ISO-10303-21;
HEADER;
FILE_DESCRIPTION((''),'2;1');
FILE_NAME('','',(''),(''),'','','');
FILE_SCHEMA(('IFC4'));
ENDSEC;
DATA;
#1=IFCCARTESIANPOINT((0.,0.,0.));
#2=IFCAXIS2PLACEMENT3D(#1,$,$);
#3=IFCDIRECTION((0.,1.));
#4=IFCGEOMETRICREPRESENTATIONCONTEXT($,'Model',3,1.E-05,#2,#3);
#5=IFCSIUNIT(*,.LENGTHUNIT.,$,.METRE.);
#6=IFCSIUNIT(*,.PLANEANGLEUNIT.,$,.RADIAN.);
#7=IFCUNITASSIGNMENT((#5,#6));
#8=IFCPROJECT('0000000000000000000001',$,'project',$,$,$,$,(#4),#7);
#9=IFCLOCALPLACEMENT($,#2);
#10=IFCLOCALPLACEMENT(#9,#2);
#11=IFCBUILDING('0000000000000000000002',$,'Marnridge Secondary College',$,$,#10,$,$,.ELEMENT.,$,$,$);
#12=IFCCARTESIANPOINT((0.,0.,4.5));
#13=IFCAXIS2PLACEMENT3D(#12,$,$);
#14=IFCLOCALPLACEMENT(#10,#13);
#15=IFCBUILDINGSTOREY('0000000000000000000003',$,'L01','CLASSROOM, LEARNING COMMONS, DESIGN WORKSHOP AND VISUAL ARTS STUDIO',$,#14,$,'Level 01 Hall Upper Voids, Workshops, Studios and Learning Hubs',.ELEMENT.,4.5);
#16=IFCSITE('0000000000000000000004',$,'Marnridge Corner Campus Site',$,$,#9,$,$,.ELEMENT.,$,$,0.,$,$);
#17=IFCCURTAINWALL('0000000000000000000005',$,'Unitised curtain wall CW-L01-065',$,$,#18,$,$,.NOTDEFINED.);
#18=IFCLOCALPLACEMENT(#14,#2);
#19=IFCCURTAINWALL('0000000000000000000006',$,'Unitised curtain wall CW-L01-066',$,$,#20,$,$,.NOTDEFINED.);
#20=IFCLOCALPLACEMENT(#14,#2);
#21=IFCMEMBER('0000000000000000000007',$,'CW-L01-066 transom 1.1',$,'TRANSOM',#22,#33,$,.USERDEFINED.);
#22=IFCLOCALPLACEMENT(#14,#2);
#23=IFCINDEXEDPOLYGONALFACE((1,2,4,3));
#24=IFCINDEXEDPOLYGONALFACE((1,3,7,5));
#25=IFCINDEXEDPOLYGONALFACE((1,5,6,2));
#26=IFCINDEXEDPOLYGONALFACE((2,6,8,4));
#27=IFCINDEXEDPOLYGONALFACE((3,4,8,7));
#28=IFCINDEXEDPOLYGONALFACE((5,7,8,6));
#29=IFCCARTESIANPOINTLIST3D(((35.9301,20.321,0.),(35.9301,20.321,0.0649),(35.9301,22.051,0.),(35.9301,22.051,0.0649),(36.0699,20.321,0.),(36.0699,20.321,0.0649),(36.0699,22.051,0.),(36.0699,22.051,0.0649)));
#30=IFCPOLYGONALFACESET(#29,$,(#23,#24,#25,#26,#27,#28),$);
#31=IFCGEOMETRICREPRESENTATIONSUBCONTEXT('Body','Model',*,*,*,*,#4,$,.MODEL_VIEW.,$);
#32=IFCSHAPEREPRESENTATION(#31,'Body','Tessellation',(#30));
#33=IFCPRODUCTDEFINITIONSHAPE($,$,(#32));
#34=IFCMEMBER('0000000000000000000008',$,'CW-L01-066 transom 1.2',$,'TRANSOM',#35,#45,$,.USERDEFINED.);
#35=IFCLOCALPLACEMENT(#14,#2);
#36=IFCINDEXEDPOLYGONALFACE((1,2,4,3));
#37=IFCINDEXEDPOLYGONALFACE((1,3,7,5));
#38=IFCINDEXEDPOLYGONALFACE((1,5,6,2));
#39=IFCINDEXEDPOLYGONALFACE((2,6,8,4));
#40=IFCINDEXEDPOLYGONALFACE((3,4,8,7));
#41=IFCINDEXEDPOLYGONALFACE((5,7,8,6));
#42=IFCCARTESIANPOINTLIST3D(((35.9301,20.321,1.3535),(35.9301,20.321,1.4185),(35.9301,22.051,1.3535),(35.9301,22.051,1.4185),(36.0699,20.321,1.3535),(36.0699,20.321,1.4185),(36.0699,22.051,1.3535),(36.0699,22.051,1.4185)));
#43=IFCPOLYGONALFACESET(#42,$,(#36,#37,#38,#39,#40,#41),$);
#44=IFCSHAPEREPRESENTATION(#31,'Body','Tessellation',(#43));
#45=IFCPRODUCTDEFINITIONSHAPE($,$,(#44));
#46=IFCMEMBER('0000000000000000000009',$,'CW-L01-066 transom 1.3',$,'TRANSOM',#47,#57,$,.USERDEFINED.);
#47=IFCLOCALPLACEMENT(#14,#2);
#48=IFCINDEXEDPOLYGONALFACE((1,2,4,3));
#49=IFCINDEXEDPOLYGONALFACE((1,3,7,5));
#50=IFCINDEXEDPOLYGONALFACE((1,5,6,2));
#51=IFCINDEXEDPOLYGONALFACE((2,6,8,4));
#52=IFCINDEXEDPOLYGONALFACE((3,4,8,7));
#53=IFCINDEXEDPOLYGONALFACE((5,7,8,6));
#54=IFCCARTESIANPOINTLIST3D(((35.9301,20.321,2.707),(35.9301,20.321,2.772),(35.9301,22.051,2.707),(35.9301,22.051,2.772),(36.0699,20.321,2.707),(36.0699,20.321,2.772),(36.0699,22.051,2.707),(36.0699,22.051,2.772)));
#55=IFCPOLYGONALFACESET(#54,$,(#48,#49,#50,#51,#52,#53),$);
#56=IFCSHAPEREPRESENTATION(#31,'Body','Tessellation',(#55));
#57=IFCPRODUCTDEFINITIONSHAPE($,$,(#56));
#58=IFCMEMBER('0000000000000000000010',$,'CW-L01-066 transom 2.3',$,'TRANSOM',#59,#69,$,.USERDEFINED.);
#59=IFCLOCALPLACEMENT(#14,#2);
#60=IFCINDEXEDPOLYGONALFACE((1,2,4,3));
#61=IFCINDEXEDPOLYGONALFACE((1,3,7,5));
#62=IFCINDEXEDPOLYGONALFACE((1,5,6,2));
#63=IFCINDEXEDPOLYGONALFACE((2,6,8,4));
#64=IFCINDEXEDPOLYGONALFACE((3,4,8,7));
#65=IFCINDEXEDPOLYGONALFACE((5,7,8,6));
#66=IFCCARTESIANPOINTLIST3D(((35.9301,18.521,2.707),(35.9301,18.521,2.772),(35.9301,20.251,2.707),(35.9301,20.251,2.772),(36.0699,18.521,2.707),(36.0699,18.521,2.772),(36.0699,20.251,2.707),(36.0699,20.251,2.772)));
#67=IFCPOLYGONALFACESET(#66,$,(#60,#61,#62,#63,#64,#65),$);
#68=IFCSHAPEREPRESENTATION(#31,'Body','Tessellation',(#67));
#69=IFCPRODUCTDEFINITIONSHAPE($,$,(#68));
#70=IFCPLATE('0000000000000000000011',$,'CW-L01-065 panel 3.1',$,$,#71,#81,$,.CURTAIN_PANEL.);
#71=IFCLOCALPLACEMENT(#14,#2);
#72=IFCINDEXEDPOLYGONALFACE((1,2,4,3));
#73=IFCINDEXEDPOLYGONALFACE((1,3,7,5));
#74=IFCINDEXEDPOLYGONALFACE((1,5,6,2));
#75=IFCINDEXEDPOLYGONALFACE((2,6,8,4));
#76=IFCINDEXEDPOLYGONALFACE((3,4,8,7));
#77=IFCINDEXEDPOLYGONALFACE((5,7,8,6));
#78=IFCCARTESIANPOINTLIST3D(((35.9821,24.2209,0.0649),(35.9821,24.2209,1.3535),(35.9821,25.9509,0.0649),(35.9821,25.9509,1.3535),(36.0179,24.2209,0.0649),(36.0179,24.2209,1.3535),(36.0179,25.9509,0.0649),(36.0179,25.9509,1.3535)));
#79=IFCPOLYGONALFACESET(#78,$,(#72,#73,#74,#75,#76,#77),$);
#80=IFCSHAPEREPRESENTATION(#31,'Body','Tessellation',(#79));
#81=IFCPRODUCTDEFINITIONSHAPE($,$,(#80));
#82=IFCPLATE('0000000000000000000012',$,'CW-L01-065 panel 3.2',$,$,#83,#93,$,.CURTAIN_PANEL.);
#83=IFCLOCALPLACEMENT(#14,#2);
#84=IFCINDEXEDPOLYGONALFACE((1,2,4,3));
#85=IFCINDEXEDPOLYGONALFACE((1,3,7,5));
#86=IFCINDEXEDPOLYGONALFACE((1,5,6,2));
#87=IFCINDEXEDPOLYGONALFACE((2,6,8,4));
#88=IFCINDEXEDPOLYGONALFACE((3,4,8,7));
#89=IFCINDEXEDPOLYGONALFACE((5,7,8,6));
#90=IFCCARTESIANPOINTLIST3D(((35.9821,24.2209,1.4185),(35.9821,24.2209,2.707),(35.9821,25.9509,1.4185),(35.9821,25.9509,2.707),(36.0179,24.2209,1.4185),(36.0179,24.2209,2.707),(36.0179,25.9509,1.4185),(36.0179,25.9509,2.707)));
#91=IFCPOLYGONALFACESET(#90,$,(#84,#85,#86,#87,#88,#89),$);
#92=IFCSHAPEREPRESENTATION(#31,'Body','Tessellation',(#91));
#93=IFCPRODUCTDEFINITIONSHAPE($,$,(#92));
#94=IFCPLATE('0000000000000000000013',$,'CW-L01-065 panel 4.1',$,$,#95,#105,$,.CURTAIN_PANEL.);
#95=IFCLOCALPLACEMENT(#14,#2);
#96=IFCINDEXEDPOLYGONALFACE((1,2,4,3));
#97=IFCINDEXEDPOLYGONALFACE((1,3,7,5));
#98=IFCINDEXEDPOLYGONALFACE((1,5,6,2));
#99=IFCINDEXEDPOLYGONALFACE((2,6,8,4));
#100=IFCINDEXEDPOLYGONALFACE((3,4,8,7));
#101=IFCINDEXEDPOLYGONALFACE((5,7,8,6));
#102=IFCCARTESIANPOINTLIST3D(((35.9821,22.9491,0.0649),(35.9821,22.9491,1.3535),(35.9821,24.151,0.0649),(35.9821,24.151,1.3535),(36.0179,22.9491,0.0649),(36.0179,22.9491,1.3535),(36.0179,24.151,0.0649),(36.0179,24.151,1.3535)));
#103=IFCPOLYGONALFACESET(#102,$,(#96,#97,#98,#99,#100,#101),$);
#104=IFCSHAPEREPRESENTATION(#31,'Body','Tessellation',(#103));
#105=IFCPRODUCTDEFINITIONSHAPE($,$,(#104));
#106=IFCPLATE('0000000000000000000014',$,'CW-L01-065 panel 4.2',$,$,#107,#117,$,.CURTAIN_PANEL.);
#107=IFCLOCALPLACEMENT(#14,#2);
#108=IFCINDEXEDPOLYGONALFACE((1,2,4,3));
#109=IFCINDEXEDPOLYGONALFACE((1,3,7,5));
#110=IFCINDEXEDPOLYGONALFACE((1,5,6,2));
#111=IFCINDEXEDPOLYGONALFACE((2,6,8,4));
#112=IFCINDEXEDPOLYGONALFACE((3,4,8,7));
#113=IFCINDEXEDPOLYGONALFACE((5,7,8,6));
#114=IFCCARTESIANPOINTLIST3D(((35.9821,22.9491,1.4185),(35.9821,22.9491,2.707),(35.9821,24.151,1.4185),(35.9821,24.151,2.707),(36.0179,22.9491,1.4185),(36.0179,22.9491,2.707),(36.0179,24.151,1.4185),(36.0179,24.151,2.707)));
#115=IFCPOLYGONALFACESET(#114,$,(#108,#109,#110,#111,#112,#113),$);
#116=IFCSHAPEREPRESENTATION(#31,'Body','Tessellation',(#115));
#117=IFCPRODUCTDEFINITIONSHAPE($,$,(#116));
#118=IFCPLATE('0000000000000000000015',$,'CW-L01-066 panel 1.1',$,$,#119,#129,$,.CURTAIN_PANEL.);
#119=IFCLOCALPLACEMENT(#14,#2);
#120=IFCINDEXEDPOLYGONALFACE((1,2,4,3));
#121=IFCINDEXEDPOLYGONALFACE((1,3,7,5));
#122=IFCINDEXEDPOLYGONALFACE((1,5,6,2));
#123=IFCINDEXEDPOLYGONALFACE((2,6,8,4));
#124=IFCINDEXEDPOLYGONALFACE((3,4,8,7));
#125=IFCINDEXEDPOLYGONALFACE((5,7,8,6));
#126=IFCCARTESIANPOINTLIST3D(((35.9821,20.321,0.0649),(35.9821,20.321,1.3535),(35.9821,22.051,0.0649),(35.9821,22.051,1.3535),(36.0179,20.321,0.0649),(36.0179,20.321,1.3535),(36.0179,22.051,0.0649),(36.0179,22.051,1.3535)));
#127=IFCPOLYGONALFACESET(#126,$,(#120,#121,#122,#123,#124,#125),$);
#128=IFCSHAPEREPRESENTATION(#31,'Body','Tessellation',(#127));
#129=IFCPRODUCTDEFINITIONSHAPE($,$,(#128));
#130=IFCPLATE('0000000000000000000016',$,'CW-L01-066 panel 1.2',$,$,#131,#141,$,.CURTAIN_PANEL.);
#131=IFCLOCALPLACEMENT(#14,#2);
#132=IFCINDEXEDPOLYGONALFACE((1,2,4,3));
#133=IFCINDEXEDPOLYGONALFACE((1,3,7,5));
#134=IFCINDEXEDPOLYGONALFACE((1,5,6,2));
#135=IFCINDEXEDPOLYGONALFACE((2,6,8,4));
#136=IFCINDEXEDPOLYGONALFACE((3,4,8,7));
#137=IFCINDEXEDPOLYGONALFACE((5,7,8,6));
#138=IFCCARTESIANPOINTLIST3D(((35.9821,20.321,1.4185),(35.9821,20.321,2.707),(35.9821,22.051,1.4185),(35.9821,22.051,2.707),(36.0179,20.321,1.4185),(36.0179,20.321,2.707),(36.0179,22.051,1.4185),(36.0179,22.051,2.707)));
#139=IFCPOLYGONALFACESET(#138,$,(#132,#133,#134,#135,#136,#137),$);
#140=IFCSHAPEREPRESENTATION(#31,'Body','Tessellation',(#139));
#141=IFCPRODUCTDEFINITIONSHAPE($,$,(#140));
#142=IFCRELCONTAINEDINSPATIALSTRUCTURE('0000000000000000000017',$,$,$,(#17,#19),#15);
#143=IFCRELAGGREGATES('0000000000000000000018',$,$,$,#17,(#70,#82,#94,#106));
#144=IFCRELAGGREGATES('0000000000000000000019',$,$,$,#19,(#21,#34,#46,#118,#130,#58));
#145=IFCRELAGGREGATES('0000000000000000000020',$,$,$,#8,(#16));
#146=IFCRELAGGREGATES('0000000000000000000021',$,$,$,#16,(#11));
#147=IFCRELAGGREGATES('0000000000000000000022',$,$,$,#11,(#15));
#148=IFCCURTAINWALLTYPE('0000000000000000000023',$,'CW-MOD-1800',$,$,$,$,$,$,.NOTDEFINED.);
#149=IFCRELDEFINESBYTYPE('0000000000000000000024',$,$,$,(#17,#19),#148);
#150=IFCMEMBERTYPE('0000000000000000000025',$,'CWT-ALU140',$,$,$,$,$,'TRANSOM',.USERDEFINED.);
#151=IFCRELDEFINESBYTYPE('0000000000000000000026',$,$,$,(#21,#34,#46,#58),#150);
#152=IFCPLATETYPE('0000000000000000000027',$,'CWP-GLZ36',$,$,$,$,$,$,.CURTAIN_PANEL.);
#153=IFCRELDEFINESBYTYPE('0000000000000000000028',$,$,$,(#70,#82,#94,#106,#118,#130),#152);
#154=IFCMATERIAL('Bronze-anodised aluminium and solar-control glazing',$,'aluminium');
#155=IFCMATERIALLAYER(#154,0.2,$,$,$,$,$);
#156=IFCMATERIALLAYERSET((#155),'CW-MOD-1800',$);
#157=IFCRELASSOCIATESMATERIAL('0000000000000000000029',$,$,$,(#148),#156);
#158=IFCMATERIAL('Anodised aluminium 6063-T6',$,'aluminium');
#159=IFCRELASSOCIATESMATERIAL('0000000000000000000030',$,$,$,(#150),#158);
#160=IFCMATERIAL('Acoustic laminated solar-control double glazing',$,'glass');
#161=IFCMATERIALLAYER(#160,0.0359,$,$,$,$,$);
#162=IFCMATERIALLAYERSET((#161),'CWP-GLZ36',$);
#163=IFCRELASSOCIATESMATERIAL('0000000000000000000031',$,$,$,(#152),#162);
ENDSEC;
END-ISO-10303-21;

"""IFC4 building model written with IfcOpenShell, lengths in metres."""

from ifc_helpers import new_model, si_unit, direction, frame, origin, origin_2d, place, context, subcontext, project, spatial, rectangle, extrude, material, layer, layer_set, material_profile, profile_set, type_object, element, aggregate, save


model = new_model("IFC4")

# Units and contexts
model_context = context("Model", 3, precision=1e-05, world=origin(), true_north=direction((0.0, 1.0)))
body_context = subcontext(model_context, "Body", "Model", "MODEL_VIEW")
ifc_project = project(units=[si_unit("LENGTHUNIT", "METRE"), si_unit("PLANEANGLEUNIT", "RADIAN")], contexts=[model_context])

# Site, building, storey
site_placement = place(None, origin())
site = spatial("IfcSite", under=ifc_project, at=site_placement, Name="Marnridge Corner Campus Site", CompositionType="ELEMENT", RefElevation=0.0)
building_placement = place(site_placement, origin())
building = spatial("IfcBuilding", under=site, at=building_placement, Name="Marnridge Secondary College", CompositionType="ELEMENT")
storey_placement = place(building_placement, frame((0.0, 0.0, 4.5)))
storey = spatial("IfcBuildingStorey", under=building, at=storey_placement, Name="L01", Description="CLASSROOM, LEARNING COMMONS, DESIGN WORKSHOP AND VISUAL ARTS STUDIO", LongName="Level 01 Hall Upper Voids, Workshops, Studios and Learning Hubs", CompositionType="ELEMENT", Elevation=4.5)

# Curtain walls
ifc_material_1 = material(Name="Bronze-anodised aluminium and solar-control glazing", Category="aluminium")
ifc_layer_1 = layer(ifc_material_1, 0.2)
ifc_layer_set_1 = layer_set([ifc_layer_1], Name="CW-MOD-1800")
curtain_wall_type = type_object("IfcCurtainWallType", Name="CW-MOD-1800", PredefinedType="NOTDEFINED", material=ifc_layer_set_1)
curtain_wall_1_placement = place(storey_placement, origin())
curtain_wall_1 = element("IfcCurtainWall", 1, at=curtain_wall_1_placement, inside=storey, type_object=curtain_wall_type, Name="Unitised curtain wall CW-L01-065", PredefinedType="NOTDEFINED")
curtain_wall_2_placement = place(storey_placement, origin())
curtain_wall_2 = element("IfcCurtainWall", 2, at=curtain_wall_2_placement, inside=storey, type_object=curtain_wall_type, Name="Unitised curtain wall CW-L01-066", PredefinedType="NOTDEFINED")

# Members
ifc_material_2 = material(Name="Anodised aluminium 6063-T6", Category="aluminium")
ifc_material_profile_1 = material_profile(ifc_material_2, rectangle(XDim=0.0649, YDim=0.1399, at=origin_2d()), Name="ALU 65x140")
ifc_profile_set_1 = profile_set([ifc_material_profile_1], Name="Anodised aluminium 6063-T6")
member_type_1 = type_object("IfcMemberType", Name="CWT-ALU140", ElementType="TRANSOM", PredefinedType="USERDEFINED", material=ifc_profile_set_1)
member_1_placement = place(storey_placement, frame((36.0, 22.051, 0.0325), z_axis=(0.0, -1.0, 0.0), x_axis=(0.0, 0.0, 1.0)))
member_1 = element("IfcMember", 3, at=member_1_placement, type_object=member_type_1, Name="CW-L01-066 transom 1.1", ObjectType="TRANSOM", PredefinedType="USERDEFINED", context=body_context, shape_type="SweptSolid", body=[
    extrude(rectangle(XDim=0.0649, YDim=0.1399, at=origin_2d()), origin(), (0.0, 0.0, 1.0), 1.73),
])
member_2_placement = place(storey_placement, frame((36.0, 22.051, 1.386), z_axis=(0.0, -1.0, 0.0), x_axis=(0.0, 0.0, 1.0)))
member_2 = element("IfcMember", 4, at=member_2_placement, type_object=member_type_1, Name="CW-L01-066 transom 1.2", ObjectType="TRANSOM", PredefinedType="USERDEFINED", context=body_context, shape_type="SweptSolid", body=[
    extrude(rectangle(XDim=0.0649, YDim=0.1399, at=origin_2d()), origin(), (0.0, 0.0, 1.0), 1.73),
])
member_3_placement = place(storey_placement, frame((36.0, 22.051, 2.7395), z_axis=(0.0, -1.0, 0.0), x_axis=(0.0, 0.0, 1.0)))
member_3 = element("IfcMember", 5, at=member_3_placement, type_object=member_type_1, Name="CW-L01-066 transom 1.3", ObjectType="TRANSOM", PredefinedType="USERDEFINED", context=body_context, shape_type="SweptSolid", body=[
    extrude(rectangle(XDim=0.0649, YDim=0.1399, at=origin_2d()), origin(), (0.0, 0.0, 1.0), 1.73),
])
member_4_placement = place(storey_placement, frame((36.0, 20.251, 2.7395), z_axis=(0.0, -1.0, 0.0), x_axis=(0.0, 0.0, 1.0)))
member_4 = element("IfcMember", 6, at=member_4_placement, type_object=member_type_1, Name="CW-L01-066 transom 2.3", ObjectType="TRANSOM", PredefinedType="USERDEFINED", context=body_context, shape_type="SweptSolid", body=[
    extrude(rectangle(XDim=0.0649, YDim=0.1399, at=origin_2d()), origin(), (0.0, 0.0, 1.0), 1.73),
])

# Plates
ifc_material_3 = material(Name="Acoustic laminated solar-control double glazing", Category="glass")
ifc_layer_2 = layer(ifc_material_3, 0.0359)
ifc_layer_set_2 = layer_set([ifc_layer_2], Name="CWP-GLZ36")
plate_type = type_object("IfcPlateType", Name="CWP-GLZ36", PredefinedType="CURTAIN_PANEL", material=ifc_layer_set_2)
plate_1_placement = place(storey_placement, frame((36.0, 25.0859, 0.0649), z_axis=(0.0, 0.0, 1.0), x_axis=(0.0, -1.0, 0.0)))
plate_1 = element("IfcPlate", 7, at=plate_1_placement, type_object=plate_type, Name="CW-L01-065 panel 3.1", PredefinedType="CURTAIN_PANEL", context=body_context, shape_type="SweptSolid", body=[
    extrude(rectangle(XDim=1.73, YDim=0.0359, at=origin_2d()), origin(), (0.0, 0.0, 1.0), 1.2886),
])
plate_2_placement = place(storey_placement, frame((36.0, 25.0859, 1.4185), z_axis=(0.0, 0.0, 1.0), x_axis=(0.0, -1.0, 0.0)))
plate_2 = element("IfcPlate", 8, at=plate_2_placement, type_object=plate_type, Name="CW-L01-065 panel 3.2", PredefinedType="CURTAIN_PANEL", context=body_context, shape_type="SweptSolid", body=[
    extrude(rectangle(XDim=1.73, YDim=0.0359, at=origin_2d()), origin(), (0.0, 0.0, 1.0), 1.2886),
])
plate_3_placement = place(storey_placement, frame((36.0, 23.55, 0.0649), z_axis=(0.0, 0.0, 1.0), x_axis=(0.0, -1.0, 0.0)))
plate_3 = element("IfcPlate", 9, at=plate_3_placement, type_object=plate_type, Name="CW-L01-065 panel 4.1", PredefinedType="CURTAIN_PANEL", context=body_context, shape_type="SweptSolid", body=[
    extrude(rectangle(XDim=1.2019, YDim=0.0359, at=origin_2d()), origin(), (0.0, 0.0, 1.0), 1.2886),
])
plate_4_placement = place(storey_placement, frame((36.0, 23.55, 1.4185), z_axis=(0.0, 0.0, 1.0), x_axis=(0.0, -1.0, 0.0)))
plate_4 = element("IfcPlate", 10, at=plate_4_placement, type_object=plate_type, Name="CW-L01-065 panel 4.2", PredefinedType="CURTAIN_PANEL", context=body_context, shape_type="SweptSolid", body=[
    extrude(rectangle(XDim=1.2019, YDim=0.0359, at=origin_2d()), origin(), (0.0, 0.0, 1.0), 1.2886),
])
aggregate(curtain_wall_1, [plate_1, plate_2, plate_3, plate_4])
plate_5_placement = place(storey_placement, frame((36.0, 21.186, 0.0649), z_axis=(0.0, 0.0, 1.0), x_axis=(0.0, -1.0, 0.0)))
plate_5 = element("IfcPlate", 11, at=plate_5_placement, type_object=plate_type, Name="CW-L01-066 panel 1.1", PredefinedType="CURTAIN_PANEL", context=body_context, shape_type="SweptSolid", body=[
    extrude(rectangle(XDim=1.73, YDim=0.0359, at=origin_2d()), origin(), (0.0, 0.0, 1.0), 1.2886),
])
plate_6_placement = place(storey_placement, frame((36.0, 21.186, 1.4185), z_axis=(0.0, 0.0, 1.0), x_axis=(0.0, -1.0, 0.0)))
plate_6 = element("IfcPlate", 12, at=plate_6_placement, type_object=plate_type, Name="CW-L01-066 panel 1.2", PredefinedType="CURTAIN_PANEL", context=body_context, shape_type="SweptSolid", body=[
    extrude(rectangle(XDim=1.73, YDim=0.0359, at=origin_2d()), origin(), (0.0, 0.0, 1.0), 1.2886),
])
aggregate(curtain_wall_2, [member_1, member_2, member_3, plate_5, plate_6, member_4])

save(model, "model.ifc")
